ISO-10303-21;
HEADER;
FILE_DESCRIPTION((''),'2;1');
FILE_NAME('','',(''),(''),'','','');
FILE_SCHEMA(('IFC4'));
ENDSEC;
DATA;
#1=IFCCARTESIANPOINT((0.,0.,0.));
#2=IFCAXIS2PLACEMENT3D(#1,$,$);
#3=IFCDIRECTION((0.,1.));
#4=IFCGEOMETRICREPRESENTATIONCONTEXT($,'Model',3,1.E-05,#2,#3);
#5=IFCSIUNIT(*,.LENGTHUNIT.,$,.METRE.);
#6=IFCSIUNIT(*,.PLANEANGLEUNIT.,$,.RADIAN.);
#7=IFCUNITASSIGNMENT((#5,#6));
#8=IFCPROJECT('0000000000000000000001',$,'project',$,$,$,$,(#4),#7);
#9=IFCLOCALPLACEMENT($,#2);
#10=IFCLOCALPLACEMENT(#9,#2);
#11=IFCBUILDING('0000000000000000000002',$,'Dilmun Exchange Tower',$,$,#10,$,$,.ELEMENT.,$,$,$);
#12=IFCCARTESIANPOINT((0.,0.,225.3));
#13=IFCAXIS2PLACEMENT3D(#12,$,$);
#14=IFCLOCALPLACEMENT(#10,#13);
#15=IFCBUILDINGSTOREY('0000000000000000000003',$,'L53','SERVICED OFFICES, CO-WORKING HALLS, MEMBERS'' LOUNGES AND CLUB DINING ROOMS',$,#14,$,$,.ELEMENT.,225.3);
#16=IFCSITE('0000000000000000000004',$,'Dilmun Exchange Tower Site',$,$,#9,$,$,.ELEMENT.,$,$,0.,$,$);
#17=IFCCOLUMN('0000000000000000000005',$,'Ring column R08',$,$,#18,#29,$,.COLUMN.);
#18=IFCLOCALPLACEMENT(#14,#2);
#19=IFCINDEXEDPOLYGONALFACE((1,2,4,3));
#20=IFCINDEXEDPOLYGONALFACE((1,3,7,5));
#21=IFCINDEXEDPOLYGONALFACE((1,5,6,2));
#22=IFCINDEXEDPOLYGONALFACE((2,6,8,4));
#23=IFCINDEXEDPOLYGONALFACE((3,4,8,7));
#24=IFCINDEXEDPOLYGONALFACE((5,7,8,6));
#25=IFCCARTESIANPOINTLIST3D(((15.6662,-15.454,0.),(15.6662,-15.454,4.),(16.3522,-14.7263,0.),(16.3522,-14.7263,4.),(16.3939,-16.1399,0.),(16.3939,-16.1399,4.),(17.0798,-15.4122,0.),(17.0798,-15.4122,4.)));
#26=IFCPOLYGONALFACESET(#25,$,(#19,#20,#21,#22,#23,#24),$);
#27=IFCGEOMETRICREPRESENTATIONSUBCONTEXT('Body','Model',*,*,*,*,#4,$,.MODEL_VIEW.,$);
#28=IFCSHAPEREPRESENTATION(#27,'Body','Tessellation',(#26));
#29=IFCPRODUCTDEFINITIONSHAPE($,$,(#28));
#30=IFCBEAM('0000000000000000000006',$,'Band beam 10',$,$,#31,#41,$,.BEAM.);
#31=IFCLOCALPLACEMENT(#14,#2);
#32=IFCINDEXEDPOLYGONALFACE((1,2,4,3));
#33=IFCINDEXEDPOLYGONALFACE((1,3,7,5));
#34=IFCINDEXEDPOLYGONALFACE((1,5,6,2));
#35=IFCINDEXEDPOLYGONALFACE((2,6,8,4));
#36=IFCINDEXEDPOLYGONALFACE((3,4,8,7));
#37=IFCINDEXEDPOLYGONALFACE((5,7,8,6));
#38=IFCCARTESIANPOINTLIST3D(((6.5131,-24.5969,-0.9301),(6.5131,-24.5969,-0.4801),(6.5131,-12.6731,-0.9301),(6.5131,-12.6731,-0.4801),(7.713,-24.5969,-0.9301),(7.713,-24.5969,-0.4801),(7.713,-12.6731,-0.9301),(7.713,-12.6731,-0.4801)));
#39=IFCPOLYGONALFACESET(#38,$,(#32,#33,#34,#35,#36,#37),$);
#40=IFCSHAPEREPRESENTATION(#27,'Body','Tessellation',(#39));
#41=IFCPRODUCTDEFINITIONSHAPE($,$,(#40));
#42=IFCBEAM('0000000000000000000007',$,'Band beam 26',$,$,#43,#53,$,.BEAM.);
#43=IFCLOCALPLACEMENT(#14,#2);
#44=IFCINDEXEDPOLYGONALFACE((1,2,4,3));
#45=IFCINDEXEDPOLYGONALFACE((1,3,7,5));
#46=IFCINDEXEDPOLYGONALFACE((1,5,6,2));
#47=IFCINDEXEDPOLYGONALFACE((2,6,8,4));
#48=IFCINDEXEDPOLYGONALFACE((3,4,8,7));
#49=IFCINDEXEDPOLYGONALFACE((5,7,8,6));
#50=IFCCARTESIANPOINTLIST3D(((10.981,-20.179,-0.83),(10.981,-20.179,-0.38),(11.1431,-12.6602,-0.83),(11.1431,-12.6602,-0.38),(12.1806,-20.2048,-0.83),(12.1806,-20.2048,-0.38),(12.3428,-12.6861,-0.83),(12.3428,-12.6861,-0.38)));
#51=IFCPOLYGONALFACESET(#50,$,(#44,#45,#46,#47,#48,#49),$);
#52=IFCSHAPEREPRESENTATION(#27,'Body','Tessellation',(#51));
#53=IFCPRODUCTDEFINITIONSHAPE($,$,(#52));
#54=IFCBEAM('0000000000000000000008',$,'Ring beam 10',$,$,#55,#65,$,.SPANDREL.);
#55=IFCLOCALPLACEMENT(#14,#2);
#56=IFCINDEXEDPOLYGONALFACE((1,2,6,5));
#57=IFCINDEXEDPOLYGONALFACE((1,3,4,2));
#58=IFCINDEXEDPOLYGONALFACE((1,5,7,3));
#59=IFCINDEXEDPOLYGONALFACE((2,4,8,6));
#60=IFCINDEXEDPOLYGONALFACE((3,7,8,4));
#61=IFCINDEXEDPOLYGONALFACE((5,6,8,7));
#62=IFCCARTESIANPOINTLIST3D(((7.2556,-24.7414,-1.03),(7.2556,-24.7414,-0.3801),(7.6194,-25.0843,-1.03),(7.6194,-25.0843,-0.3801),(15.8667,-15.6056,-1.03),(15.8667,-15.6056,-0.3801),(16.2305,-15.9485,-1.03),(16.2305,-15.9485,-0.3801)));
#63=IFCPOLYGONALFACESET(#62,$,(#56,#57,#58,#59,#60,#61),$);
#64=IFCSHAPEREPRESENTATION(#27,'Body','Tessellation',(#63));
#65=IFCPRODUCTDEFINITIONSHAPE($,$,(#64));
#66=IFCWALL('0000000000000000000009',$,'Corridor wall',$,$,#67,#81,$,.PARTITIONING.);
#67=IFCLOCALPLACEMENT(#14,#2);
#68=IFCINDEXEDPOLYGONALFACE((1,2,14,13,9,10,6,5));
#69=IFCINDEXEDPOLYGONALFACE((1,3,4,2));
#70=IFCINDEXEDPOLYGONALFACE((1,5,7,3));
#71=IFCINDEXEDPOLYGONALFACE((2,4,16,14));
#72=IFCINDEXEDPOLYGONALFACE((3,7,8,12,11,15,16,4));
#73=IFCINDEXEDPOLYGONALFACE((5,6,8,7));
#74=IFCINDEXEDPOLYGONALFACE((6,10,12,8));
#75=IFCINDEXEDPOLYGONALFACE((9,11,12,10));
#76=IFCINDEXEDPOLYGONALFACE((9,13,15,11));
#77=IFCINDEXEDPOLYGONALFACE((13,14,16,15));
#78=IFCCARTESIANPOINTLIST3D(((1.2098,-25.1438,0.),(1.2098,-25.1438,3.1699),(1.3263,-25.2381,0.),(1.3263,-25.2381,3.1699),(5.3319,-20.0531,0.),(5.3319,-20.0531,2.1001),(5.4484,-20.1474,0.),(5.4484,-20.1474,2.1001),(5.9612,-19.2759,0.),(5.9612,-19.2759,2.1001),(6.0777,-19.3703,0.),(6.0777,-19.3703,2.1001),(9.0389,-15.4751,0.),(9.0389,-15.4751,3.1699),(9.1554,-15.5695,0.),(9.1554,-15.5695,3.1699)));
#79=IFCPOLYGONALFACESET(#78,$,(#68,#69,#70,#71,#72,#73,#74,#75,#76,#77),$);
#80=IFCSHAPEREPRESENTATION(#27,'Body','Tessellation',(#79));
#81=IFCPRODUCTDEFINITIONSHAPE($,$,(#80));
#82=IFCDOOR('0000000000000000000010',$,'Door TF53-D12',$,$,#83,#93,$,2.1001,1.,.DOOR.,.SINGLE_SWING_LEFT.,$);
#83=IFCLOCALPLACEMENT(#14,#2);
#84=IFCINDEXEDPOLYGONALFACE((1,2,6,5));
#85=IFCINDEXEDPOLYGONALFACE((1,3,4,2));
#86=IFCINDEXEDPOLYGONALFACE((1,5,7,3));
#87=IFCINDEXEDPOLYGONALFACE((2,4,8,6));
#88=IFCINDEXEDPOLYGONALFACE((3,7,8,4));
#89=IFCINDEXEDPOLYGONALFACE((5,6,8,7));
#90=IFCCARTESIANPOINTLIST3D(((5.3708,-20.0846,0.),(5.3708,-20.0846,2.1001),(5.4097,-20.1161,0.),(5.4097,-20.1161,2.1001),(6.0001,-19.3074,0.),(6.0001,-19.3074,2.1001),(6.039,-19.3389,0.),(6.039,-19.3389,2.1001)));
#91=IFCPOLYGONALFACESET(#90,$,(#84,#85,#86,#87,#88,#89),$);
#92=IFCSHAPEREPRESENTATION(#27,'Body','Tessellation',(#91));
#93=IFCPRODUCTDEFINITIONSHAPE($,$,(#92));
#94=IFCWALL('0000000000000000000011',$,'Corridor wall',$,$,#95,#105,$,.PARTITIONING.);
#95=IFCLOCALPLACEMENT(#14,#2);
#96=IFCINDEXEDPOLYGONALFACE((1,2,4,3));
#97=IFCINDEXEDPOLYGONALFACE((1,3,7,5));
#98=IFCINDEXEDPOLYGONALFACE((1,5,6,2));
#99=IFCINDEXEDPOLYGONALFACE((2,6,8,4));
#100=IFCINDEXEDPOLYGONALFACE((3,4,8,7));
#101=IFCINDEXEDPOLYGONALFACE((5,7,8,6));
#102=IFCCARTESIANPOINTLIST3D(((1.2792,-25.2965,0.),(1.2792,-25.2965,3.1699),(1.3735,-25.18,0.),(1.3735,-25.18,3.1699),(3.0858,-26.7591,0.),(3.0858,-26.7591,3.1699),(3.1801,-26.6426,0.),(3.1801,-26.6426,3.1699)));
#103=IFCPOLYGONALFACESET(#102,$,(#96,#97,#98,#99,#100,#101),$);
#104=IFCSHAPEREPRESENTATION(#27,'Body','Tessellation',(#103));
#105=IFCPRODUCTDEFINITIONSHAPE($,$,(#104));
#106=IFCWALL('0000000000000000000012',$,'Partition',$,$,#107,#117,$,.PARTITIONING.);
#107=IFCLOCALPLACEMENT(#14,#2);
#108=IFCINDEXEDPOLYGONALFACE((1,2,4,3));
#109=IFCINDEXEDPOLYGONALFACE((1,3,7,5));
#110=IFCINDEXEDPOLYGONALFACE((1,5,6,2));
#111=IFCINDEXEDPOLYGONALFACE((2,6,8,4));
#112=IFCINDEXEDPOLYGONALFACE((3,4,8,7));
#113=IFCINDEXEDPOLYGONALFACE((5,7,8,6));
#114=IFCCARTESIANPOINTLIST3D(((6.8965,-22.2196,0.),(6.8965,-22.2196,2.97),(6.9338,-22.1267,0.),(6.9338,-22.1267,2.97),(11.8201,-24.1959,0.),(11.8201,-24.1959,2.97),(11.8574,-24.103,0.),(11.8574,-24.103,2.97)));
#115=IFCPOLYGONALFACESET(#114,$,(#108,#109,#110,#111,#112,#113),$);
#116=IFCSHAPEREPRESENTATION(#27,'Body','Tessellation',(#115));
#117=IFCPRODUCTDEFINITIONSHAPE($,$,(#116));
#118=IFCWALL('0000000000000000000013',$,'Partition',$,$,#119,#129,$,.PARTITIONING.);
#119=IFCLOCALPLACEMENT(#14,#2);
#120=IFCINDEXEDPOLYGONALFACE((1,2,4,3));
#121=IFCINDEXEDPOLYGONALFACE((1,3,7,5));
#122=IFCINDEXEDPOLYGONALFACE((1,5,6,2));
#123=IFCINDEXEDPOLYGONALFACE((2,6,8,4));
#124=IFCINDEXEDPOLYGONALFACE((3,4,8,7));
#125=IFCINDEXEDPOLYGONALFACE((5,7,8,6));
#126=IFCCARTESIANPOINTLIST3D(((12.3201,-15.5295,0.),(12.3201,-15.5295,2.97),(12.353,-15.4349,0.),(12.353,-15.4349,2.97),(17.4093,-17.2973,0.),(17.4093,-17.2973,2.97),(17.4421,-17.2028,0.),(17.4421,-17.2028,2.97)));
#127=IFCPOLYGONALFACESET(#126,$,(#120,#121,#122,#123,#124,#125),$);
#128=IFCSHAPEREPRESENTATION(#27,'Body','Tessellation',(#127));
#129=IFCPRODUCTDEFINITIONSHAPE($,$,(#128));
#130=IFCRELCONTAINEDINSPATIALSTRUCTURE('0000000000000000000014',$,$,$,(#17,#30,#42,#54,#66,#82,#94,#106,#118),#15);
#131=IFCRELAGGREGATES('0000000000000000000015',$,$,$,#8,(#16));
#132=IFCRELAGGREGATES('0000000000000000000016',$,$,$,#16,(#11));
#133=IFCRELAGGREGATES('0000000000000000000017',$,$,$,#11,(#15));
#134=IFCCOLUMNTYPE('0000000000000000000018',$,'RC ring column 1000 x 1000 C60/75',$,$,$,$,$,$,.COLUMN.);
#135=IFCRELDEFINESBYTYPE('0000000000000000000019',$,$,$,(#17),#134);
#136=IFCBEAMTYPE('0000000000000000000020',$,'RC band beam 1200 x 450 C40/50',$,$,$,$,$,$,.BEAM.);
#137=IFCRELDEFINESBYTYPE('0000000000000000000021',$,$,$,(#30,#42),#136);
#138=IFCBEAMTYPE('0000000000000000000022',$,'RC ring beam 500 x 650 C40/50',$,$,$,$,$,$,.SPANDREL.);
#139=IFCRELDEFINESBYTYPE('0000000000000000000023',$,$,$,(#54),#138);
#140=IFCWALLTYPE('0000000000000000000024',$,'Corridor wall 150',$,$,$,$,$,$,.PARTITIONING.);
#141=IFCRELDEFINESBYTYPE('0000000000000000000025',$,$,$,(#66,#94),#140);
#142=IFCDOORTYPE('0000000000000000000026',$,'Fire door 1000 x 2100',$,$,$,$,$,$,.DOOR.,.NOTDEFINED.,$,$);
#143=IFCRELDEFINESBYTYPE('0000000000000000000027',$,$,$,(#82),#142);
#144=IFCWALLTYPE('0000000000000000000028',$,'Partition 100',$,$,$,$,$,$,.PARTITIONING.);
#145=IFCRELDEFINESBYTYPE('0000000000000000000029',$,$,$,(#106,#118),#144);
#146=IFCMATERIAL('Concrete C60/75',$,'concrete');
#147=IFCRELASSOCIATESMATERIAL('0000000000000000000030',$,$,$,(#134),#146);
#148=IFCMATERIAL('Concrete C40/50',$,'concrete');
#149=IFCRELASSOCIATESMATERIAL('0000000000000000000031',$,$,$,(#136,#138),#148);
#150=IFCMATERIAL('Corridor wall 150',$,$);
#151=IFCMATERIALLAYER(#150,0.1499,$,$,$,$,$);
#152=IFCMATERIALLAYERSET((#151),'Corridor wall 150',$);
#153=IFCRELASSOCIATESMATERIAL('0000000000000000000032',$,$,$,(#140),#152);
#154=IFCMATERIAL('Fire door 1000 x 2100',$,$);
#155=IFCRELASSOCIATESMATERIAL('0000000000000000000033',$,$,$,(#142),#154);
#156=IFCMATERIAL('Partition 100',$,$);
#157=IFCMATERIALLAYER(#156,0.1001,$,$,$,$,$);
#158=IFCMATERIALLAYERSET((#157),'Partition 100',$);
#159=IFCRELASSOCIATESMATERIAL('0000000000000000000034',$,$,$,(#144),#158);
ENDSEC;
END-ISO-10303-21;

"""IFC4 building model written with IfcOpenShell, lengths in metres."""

from ifc_helpers import new_model, si_unit, direction, frame, frame_2d, origin, origin_2d, place, context, subcontext, project, spatial, rectangle, extrude, material, layer, layer_set, material_profile, profile_set, type_object, element, fill, save


model = new_model("IFC4")

# Units and contexts
model_context = context("Model", 3, precision=1e-05, world=origin(), true_north=direction((0.0, 1.0)))
body_context = subcontext(model_context, "Body", "Model", "MODEL_VIEW")
ifc_project = project(units=[si_unit("LENGTHUNIT", "METRE"), si_unit("PLANEANGLEUNIT", "RADIAN")], contexts=[model_context])

# Site, building, storey
site_placement = place(None, origin())
site = spatial("IfcSite", under=ifc_project, at=site_placement, Name="Dilmun Exchange Tower Site", CompositionType="ELEMENT", RefElevation=0.0)
building_placement = place(site_placement, origin())
building = spatial("IfcBuilding", under=site, at=building_placement, Name="Dilmun Exchange Tower", CompositionType="ELEMENT")
storey_placement = place(building_placement, frame((0.0, 0.0, 225.3)))
storey = spatial("IfcBuildingStorey", under=building, at=storey_placement, Name="L53", Description="SERVICED OFFICES, CO-WORKING HALLS, MEMBERS' LOUNGES AND CLUB DINING ROOMS", CompositionType="ELEMENT", Elevation=225.3)

# Column
ifc_material_1 = material(Name="Concrete C60/75", Category="concrete")
ifc_material_profile_1 = material_profile(ifc_material_1, rectangle(XDim=1.0, YDim=1.0, at=origin_2d()), Name="1000 x 1000")
ifc_profile_set_1 = profile_set([ifc_material_profile_1], Name="Concrete C60/75")
column_type = type_object("IfcColumnType", Name="RC ring column 1000 x 1000 C60/75", PredefinedType="COLUMN", material=ifc_profile_set_1)
column_placement = place(storey_placement, frame((16.373, -15.4331, 0.0), z_axis=(0.0, 0.0, 1.0), x_axis=(0.685916, 0.727681, 0.0)))
element("IfcColumn", 1, at=column_placement, inside=storey, type_object=column_type, Name="Ring column R08", PredefinedType="COLUMN", context=body_context, shape_type="SweptSolid", body=[
    extrude(rectangle(XDim=1.0, YDim=1.0, at=origin_2d()), origin(), (0.0, 0.0, 1.0), 4.0),
])

# Beams
ifc_material_2 = material(Name="Concrete C40/50", Category="concrete")
ifc_material_profile_2 = material_profile(ifc_material_2, rectangle(XDim=1.2, YDim=0.45, at=origin_2d()), Name="1200 x 450")
ifc_profile_set_2 = profile_set([ifc_material_profile_2], Name="Concrete C40/50")
beam_type_1 = type_object("IfcBeamType", Name="RC band beam 1200 x 450 C40/50", PredefinedType="BEAM", material=ifc_profile_set_2)
beam_1_placement = place(storey_placement, frame((7.113, -24.5969, -0.7051), z_axis=(0.0, 1.0, 0.0), x_axis=(-1.0, 0.0, 0.0)))
element("IfcBeam", 2, at=beam_1_placement, inside=storey, type_object=beam_type_1, Name="Band beam 10", PredefinedType="BEAM", context=body_context, shape_type="SweptSolid", body=[
    extrude(rectangle(XDim=1.2, YDim=0.45, at=origin_2d()), origin(), (0.0, 0.0, 1.0), 11.9238),
])
beam_2_placement = place(storey_placement, frame((11.5808, -20.1919, -0.605), z_axis=(0.021556, 0.999768, 0.0), x_axis=(-0.999768, 0.021556, 0.0)))
element("IfcBeam", 3, at=beam_2_placement, inside=storey, type_object=beam_type_1, Name="Band beam 26", PredefinedType="BEAM", context=body_context, shape_type="SweptSolid", body=[
    extrude(rectangle(XDim=1.2, YDim=0.45, at=origin_2d()), origin(), (0.0, 0.0, 1.0), 7.5205),
])
ifc_material_profile_3 = material_profile(ifc_material_2, rectangle(XDim=0.5, YDim=0.6499, at=origin_2d()), Name="500 x 650")
ifc_profile_set_3 = profile_set([ifc_material_profile_3], Name="Concrete C40/50")
beam_type_2 = type_object("IfcBeamType", Name="RC ring beam 500 x 650 C40/50", PredefinedType="SPANDREL", material=ifc_profile_set_3)
beam_3_placement = place(storey_placement, frame((7.4375, -24.9128, -0.7051), z_axis=(0.685903, 0.727693, 0.0), x_axis=(-0.727693, 0.685903, 0.0)))
element("IfcBeam", 4, at=beam_3_placement, inside=storey, type_object=beam_type_2, Name="Ring beam 10", PredefinedType="SPANDREL", context=body_context, shape_type="SweptSolid", body=[
    extrude(rectangle(XDim=0.5, YDim=0.6499, at=origin_2d()), origin(), (0.0, 0.0, 1.0), 12.5544),
])

# Wall, opening, door
ifc_material_3 = material(Name="Corridor wall 150")
ifc_layer_1 = layer(ifc_material_3, 0.1499)
ifc_layer_set_1 = layer_set([ifc_layer_1], Name="Corridor wall 150")
wall_type_1 = type_object("IfcWallType", Name="Corridor wall 150", PredefinedType="PARTITIONING", material=ifc_layer_set_1)
wall_1_placement = place(storey_placement, frame((1.2681, -25.1909, 0.0), z_axis=(0.0, 0.0, 1.0), x_axis=(0.629298, 0.777164, 0.0)))
wall_1 = element("IfcWall", 5, at=wall_1_placement, inside=storey, type_object=wall_type_1, Name="Corridor wall", PredefinedType="PARTITIONING", context=body_context, shape_type="SweptSolid", body=[
    extrude(rectangle(XDim=12.4409, YDim=0.1499, at=frame_2d((6.2205, 0.0))), origin(), (0.0, 0.0, 1.0), 3.1699),
])
opening_placement = place(wall_1_placement, frame((6.5503, 0.0, 0.0)))
opening = element("IfcOpeningElement", 6, at=opening_placement, cuts=wall_1, PredefinedType="OPENING", context=body_context, shape_type="SweptSolid", body=[
    extrude(rectangle(XDim=1.0, YDim=2.1001, at=frame_2d((0.5, 1.05))), frame((0.0, 0.085, 0.0), z_axis=(0.0, -1.0, 0.0), x_axis=(1.0, 0.0, 0.0)), (0.0, 0.0, 1.0), 0.1699),
])
ifc_material_4 = material(Name="Fire door 1000 x 2100")
door_type = type_object("IfcDoorType", Name="Fire door 1000 x 2100", OperationType="NOTDEFINED", PredefinedType="DOOR", material=ifc_material_4)
door_placement = place(opening_placement, origin())
door = element("IfcDoor", 7, at=door_placement, inside=storey, type_object=door_type, Name="Door TF53-D12", OperationType="SINGLE_SWING_LEFT", OverallHeight=2.1001, OverallWidth=1.0, PredefinedType="DOOR", context=body_context, shape_type="SweptSolid", body=[
    extrude(rectangle(XDim=1.0, YDim=2.1001, at=frame_2d((0.5, 1.05))), frame((0.0, 0.0249, 0.0), z_axis=(0.0, -1.0, 0.0), x_axis=(1.0, 0.0, 0.0)), (0.0, 0.0, 1.0), 0.05),
])
fill(opening, door)

# Walls
wall_2_placement = place(storey_placement, frame((1.3264, -25.2383, 0.0), z_axis=(0.0, 0.0, 1.0), x_axis=(0.777218, -0.629231, 0.0)))
element("IfcWall", 8, at=wall_2_placement, inside=storey, type_object=wall_type_1, Name="Corridor wall", PredefinedType="PARTITIONING", context=body_context, shape_type="SweptSolid", body=[
    extrude(rectangle(XDim=2.3245, YDim=0.1499, at=frame_2d((1.1621, 0.0))), origin(), (0.0, 0.0, 1.0), 3.1699),
])
ifc_material_5 = material(Name="Partition 100")
ifc_layer_2 = layer(ifc_material_5, 0.1001)
ifc_layer_set_2 = layer_set([ifc_layer_2], Name="Partition 100")
wall_type_2 = type_object("IfcWallType", Name="Partition 100", PredefinedType="PARTITIONING", material=ifc_layer_set_2)
wall_3_placement = place(storey_placement, frame((6.915, -22.1731, 0.0), z_axis=(0.0, 0.0, 1.0), x_axis=(0.928029, -0.372509, 0.0)))
element("IfcWall", 9, at=wall_3_placement, inside=storey, type_object=wall_type_2, Name="Partition", PredefinedType="PARTITIONING", context=body_context, shape_type="SweptSolid", body=[
    extrude(rectangle(XDim=5.3054, YDim=0.1001, at=frame_2d((2.6528, 0.0))), origin(), (0.0, 0.0, 1.0), 2.97),
])
wall_4_placement = place(storey_placement, frame((12.3364, -15.4822, 0.0), z_axis=(0.0, 0.0, 1.0), x_axis=(0.944629, -0.328139, 0.0)))
element("IfcWall", 10, at=wall_4_placement, inside=storey, type_object=wall_type_2, Name="Partition", PredefinedType="PARTITIONING", context=body_context, shape_type="SweptSolid", body=[
    extrude(rectangle(XDim=5.3875, YDim=0.1001, at=frame_2d((2.6938, 0.0))), origin(), (0.0, 0.0, 1.0), 2.97),
])

save(model, "model.ifc")
